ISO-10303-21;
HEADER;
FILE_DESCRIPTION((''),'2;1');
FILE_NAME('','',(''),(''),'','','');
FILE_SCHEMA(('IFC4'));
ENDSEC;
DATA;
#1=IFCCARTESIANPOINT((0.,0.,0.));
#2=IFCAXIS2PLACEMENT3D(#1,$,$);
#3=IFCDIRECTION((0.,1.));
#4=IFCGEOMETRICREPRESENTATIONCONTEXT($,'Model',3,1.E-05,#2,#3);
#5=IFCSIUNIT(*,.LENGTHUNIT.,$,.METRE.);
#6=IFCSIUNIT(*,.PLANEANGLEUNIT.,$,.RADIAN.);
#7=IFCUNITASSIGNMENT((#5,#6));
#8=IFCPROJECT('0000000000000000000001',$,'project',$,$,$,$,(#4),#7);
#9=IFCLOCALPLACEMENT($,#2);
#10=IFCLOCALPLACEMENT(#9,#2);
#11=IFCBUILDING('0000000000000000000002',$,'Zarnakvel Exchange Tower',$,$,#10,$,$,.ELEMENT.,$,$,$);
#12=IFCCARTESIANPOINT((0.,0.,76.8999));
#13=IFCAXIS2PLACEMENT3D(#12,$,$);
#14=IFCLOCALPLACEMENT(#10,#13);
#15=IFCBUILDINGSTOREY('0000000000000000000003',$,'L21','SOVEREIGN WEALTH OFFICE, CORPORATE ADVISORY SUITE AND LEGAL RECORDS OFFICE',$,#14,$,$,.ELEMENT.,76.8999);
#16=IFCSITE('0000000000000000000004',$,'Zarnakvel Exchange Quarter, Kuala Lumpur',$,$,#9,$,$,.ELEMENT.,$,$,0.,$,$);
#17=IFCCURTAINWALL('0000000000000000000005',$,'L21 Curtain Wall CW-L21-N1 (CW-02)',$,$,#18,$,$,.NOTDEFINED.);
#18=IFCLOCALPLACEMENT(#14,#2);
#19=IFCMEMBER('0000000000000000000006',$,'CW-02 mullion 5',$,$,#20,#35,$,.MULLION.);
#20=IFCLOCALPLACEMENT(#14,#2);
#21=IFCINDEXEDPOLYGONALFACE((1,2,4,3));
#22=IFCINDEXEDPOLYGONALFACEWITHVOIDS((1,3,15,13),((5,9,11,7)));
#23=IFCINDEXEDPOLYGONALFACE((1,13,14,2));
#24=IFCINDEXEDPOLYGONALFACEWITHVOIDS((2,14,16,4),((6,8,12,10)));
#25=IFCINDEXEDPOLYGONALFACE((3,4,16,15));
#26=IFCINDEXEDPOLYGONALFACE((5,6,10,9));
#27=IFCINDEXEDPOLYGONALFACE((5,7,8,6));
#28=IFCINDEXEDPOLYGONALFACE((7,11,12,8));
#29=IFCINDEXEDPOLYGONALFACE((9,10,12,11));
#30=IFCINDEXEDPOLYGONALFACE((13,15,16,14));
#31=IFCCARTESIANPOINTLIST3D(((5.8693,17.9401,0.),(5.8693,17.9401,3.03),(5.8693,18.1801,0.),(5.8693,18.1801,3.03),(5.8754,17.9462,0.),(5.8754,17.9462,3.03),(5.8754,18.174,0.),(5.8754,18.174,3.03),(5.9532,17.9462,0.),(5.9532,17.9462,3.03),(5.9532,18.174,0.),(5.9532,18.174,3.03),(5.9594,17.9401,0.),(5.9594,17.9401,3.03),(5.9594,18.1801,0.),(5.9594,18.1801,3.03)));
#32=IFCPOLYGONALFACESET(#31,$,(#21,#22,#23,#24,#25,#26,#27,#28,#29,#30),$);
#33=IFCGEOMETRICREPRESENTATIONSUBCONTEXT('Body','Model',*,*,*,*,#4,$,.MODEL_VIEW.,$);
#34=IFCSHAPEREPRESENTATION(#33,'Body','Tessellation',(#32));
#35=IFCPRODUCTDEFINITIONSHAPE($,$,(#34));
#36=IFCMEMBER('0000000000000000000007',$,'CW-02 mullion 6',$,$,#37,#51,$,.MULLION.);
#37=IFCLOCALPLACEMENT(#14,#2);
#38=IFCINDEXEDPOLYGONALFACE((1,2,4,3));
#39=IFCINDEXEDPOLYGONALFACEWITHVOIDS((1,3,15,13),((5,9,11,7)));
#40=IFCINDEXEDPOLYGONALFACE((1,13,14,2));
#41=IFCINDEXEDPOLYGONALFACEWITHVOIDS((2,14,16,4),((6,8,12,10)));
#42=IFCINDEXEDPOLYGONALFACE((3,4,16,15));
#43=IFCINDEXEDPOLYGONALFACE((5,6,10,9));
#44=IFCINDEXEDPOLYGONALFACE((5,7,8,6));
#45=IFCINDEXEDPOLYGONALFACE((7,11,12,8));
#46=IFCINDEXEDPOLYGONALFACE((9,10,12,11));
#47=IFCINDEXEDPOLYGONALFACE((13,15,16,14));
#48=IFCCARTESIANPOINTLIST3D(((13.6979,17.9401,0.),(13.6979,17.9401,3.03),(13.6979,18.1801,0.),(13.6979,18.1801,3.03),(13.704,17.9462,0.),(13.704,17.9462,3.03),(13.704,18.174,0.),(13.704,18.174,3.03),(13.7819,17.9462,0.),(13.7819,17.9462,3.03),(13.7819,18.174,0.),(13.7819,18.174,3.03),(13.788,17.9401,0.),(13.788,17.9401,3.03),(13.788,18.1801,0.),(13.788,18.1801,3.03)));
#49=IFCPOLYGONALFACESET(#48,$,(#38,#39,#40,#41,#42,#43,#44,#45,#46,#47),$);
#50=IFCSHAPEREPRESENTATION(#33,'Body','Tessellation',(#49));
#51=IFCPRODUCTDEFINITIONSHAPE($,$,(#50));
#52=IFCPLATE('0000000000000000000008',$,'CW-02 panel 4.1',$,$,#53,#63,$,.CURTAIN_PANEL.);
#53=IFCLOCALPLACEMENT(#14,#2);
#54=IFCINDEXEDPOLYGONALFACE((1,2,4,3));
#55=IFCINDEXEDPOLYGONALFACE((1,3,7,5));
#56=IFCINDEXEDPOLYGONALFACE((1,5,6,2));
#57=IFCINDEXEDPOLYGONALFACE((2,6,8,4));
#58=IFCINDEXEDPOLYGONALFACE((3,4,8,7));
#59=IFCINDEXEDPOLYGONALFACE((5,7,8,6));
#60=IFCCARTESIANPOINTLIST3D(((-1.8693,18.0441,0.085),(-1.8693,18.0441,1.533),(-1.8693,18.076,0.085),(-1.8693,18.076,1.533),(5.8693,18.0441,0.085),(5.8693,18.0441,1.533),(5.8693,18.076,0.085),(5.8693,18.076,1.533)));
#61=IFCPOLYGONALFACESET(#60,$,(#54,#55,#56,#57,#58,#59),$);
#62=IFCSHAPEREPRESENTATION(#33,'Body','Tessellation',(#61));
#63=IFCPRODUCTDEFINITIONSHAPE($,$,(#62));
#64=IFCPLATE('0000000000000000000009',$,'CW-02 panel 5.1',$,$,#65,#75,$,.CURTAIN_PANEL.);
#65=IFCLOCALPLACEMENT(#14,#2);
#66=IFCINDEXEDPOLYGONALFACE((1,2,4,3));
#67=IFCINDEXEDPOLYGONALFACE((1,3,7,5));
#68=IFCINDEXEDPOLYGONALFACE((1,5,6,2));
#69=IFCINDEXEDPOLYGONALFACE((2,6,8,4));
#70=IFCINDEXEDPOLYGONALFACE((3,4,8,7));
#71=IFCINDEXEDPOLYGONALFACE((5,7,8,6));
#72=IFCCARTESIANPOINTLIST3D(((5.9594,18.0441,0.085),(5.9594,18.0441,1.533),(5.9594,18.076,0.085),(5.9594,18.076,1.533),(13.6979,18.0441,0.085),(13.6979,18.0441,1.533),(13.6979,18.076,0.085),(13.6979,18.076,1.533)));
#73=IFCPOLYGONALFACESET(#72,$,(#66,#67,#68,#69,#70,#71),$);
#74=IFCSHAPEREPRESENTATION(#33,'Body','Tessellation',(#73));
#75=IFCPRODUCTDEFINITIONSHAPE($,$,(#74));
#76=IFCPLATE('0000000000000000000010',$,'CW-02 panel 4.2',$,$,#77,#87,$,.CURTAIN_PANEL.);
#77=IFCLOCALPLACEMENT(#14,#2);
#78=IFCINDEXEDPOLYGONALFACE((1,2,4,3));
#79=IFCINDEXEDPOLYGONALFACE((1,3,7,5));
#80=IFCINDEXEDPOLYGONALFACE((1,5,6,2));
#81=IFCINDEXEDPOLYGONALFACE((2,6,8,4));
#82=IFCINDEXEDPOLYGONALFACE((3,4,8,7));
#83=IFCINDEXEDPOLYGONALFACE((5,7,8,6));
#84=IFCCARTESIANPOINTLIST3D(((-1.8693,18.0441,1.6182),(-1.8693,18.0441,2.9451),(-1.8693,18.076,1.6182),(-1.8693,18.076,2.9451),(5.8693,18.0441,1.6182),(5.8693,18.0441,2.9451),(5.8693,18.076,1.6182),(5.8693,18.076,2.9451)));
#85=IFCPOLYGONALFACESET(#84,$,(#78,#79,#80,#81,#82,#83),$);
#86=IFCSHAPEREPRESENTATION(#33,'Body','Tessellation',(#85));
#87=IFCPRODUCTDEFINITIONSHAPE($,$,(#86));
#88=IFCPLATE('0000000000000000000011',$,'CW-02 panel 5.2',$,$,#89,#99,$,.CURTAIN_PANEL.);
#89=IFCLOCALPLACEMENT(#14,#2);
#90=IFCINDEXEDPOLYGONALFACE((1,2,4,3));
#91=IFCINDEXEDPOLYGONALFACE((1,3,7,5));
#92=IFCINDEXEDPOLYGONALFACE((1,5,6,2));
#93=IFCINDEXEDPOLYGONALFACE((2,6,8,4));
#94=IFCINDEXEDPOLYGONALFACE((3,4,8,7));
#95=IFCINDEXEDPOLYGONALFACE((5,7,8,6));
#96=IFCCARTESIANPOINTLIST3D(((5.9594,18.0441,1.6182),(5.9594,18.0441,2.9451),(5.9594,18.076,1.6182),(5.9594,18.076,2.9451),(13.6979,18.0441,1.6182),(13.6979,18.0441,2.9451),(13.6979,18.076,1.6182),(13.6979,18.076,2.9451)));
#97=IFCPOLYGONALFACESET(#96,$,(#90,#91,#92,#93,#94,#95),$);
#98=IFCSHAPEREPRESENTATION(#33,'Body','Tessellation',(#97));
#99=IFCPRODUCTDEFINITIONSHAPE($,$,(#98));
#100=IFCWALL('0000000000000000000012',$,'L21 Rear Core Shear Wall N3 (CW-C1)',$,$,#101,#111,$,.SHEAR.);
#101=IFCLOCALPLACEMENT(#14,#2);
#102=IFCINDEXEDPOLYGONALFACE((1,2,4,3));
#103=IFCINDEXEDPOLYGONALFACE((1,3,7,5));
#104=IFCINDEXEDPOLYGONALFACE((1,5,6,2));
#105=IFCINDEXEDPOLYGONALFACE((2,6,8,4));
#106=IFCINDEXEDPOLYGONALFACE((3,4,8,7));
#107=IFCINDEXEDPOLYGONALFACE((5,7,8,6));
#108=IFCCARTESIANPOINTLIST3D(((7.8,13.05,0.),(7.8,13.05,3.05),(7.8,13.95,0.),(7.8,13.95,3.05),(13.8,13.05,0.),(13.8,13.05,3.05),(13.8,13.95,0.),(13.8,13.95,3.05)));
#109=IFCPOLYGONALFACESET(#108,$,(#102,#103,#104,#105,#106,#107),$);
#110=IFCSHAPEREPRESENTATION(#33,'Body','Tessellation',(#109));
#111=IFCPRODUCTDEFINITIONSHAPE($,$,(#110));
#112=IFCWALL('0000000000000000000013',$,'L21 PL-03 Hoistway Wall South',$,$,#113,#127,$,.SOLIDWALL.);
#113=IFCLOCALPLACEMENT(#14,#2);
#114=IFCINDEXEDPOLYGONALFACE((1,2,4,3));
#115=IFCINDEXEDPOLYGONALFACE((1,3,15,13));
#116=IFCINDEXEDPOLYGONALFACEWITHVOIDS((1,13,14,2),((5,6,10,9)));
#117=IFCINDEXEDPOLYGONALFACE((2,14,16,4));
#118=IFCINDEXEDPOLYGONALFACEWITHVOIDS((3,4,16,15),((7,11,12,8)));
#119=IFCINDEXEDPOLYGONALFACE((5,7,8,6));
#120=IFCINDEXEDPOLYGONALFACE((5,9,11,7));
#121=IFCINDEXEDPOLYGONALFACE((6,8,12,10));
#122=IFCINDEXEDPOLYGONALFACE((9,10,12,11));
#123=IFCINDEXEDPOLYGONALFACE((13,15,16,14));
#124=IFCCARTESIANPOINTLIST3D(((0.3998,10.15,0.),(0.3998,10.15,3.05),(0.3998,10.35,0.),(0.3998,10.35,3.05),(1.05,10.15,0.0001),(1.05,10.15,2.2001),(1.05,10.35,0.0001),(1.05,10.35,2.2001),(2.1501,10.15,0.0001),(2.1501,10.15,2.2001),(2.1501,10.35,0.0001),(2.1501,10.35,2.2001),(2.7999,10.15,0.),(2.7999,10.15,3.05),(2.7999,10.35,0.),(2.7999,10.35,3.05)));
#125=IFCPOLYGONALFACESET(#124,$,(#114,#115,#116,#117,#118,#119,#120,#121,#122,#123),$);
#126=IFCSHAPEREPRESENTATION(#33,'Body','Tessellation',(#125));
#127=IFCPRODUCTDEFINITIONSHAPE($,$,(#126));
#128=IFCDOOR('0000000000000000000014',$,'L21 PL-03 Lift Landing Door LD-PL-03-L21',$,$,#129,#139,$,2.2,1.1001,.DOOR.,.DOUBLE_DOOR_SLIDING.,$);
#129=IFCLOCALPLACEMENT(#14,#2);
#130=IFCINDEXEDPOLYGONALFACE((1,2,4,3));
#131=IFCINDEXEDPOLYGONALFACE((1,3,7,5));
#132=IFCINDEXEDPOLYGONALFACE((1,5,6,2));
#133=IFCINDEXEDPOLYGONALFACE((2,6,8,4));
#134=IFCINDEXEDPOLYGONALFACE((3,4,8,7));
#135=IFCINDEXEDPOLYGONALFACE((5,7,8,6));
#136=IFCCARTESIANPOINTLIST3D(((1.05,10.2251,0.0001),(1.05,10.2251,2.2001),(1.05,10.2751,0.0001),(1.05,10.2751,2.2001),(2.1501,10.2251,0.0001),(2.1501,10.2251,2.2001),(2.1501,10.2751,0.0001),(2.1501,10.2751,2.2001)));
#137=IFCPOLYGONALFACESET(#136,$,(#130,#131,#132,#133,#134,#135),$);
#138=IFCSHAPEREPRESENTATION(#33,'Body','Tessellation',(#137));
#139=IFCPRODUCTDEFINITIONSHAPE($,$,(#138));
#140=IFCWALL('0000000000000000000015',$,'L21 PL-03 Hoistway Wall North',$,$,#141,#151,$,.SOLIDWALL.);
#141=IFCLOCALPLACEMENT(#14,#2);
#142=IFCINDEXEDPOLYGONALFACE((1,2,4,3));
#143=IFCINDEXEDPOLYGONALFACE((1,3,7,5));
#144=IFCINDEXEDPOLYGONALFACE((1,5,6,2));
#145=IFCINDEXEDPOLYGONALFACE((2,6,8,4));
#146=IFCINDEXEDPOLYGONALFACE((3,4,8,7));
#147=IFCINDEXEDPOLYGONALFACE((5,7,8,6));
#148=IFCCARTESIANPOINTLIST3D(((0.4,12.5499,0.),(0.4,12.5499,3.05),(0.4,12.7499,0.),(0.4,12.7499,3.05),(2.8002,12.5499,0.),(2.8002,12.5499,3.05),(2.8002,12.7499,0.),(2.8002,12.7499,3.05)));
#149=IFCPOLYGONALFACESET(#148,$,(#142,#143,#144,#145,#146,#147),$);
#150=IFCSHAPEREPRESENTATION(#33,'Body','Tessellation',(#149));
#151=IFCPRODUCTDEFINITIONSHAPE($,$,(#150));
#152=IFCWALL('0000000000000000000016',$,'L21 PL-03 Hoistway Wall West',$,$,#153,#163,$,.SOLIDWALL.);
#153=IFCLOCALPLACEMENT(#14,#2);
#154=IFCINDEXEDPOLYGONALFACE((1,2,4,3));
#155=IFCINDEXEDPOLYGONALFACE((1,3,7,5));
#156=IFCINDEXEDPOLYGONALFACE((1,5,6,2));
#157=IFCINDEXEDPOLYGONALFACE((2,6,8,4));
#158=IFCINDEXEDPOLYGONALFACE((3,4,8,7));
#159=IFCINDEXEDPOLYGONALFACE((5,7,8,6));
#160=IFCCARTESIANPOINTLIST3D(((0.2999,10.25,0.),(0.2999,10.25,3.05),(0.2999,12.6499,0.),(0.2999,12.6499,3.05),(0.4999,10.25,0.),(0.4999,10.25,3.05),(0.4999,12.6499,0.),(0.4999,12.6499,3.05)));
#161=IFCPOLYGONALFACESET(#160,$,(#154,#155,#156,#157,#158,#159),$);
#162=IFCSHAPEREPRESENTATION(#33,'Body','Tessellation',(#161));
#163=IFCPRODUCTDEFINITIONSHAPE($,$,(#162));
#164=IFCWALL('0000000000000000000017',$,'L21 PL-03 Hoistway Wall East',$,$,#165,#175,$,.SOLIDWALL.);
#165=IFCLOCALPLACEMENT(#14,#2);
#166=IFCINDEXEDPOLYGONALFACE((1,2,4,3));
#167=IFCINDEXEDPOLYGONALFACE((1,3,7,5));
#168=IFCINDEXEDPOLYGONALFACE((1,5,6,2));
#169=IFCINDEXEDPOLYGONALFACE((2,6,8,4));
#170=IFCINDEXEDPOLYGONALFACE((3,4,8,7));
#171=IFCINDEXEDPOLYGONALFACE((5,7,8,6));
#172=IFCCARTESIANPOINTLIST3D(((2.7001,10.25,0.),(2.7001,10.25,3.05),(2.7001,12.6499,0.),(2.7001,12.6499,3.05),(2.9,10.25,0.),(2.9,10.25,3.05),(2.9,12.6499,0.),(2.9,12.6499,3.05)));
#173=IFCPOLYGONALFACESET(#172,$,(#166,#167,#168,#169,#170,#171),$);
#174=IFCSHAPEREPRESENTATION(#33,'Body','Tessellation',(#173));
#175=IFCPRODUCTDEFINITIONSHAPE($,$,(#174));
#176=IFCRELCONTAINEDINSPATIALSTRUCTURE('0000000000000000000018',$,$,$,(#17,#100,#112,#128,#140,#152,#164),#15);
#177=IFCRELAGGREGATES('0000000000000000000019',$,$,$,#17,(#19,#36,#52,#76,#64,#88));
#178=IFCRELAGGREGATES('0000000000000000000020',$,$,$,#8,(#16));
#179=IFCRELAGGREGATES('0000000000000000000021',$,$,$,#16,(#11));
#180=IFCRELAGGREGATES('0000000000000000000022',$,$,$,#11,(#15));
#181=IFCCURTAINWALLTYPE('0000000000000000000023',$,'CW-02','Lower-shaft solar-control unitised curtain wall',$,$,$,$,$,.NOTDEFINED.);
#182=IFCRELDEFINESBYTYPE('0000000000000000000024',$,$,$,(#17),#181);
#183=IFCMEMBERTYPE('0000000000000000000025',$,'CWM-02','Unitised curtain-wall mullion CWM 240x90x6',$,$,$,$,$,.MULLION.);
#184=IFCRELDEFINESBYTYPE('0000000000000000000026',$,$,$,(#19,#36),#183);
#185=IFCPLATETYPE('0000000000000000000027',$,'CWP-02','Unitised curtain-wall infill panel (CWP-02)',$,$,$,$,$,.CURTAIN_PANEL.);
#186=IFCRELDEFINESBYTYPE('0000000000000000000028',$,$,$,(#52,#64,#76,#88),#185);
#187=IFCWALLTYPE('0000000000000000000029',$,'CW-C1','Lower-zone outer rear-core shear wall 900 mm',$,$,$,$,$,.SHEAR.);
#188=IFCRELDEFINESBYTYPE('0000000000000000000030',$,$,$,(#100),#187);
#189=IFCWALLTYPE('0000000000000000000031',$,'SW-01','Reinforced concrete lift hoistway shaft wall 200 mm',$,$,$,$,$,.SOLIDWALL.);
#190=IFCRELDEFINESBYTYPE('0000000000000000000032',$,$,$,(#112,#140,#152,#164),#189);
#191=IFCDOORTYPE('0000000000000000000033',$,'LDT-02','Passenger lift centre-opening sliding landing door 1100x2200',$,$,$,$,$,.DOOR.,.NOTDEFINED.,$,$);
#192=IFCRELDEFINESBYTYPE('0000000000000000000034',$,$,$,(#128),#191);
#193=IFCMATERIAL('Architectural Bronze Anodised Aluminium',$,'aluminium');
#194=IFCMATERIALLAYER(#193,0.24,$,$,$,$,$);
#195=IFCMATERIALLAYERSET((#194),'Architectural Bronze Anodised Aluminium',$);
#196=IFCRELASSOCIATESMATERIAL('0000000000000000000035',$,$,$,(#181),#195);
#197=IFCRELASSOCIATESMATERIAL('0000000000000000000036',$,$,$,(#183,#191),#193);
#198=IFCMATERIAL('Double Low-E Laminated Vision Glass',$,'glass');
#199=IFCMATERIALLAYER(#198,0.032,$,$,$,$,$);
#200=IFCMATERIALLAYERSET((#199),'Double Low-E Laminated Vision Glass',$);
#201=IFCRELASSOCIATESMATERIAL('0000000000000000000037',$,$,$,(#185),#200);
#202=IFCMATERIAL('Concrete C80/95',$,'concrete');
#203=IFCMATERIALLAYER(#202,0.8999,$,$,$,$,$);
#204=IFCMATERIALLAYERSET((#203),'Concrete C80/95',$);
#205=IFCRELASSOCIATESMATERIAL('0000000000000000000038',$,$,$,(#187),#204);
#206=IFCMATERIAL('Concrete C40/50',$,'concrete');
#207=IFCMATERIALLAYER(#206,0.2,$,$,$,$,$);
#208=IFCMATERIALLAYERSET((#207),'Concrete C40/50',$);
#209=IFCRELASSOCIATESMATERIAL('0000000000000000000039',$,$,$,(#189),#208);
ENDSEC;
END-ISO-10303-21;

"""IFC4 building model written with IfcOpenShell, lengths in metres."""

from ifc_helpers import new_model, si_unit, direction, frame, frame_2d, origin, origin_2d, place, context, subcontext, project, spatial, rectangle, hollow_rectangle, extrude, source, transform, mapped, material, layer, layer_set, material_profile, profile_set, type_object, element, fill, aggregate, save


model = new_model("IFC4")

# Units and contexts
model_context = context("Model", 3, precision=1e-05, world=origin(), true_north=direction((0.0, 1.0)))
body_context = subcontext(model_context, "Body", "Model", "MODEL_VIEW")
ifc_project = project(units=[si_unit("LENGTHUNIT", "METRE"), si_unit("PLANEANGLEUNIT", "RADIAN")], contexts=[model_context])

# Site, building, storey
site_placement = place(None, origin())
site = spatial("IfcSite", under=ifc_project, at=site_placement, Name="Zarnakvel Exchange Quarter, Kuala Lumpur", CompositionType="ELEMENT", RefElevation=0.0)
building_placement = place(site_placement, origin())
building = spatial("IfcBuilding", under=site, at=building_placement, Name="Zarnakvel Exchange Tower", CompositionType="ELEMENT")
storey_placement = place(building_placement, frame((0.0, 0.0, 76.8999)))
storey = spatial("IfcBuildingStorey", under=building, at=storey_placement, Name="L21", Description="SOVEREIGN WEALTH OFFICE, CORPORATE ADVISORY SUITE AND LEGAL RECORDS OFFICE", CompositionType="ELEMENT", Elevation=76.8999)

# Shared definitions
ifc_material_1 = material(Name="Concrete C80/95", Category="concrete")

# Curtain wall, members, plates
ifc_material_2 = material(Name="Architectural Bronze Anodised Aluminium", Category="aluminium")
ifc_layer_1 = layer(ifc_material_2, 0.24)
ifc_layer_set_1 = layer_set([ifc_layer_1], Name="Architectural Bronze Anodised Aluminium")
curtain_wall_type = type_object("IfcCurtainWallType", Name="CW-02", Description="Lower-shaft solar-control unitised curtain wall", PredefinedType="NOTDEFINED", material=ifc_layer_set_1)
curtain_wall_placement = place(storey_placement, origin())
curtain_wall = element("IfcCurtainWall", 1, at=curtain_wall_placement, inside=storey, type_object=curtain_wall_type, Name="L21 Curtain Wall CW-L21-N1 (CW-02)", PredefinedType="NOTDEFINED")
ifc_material_profile_1 = material_profile(ifc_material_2, hollow_rectangle(XDim=0.24, YDim=0.0901, WallThickness=0.0061, at=origin_2d()))
ifc_profile_set_1 = profile_set([ifc_material_profile_1], Name="Architectural Bronze Anodised Aluminium")
member_type_1 = type_object("IfcMemberType", Name="CWM-02", Description="Unitised curtain-wall mullion CWM 240x90x6", PredefinedType="MULLION", material=ifc_profile_set_1)
shared_shape_1 = source(origin(), body_context, "Body", "SweptSolid", [
    extrude(hollow_rectangle(XDim=0.24, YDim=0.0901, WallThickness=0.0061, at=origin_2d()), origin(), (0.0, 0.0, 1.0), 3.03),
])
member_1_placement = place(storey_placement, frame((5.9143, 18.0601, 0.0), z_axis=(0.0, 0.0, 1.0), x_axis=(0.0, 1.0, 0.0)))
member_1 = element("IfcMember", 2, at=member_1_placement, type_object=member_type_1, Name="CW-02 mullion 5", PredefinedType="MULLION", context=body_context, shape_type="MappedRepresentation", body=[
    mapped(shared_shape_1, transform((0.0, 0.0, 0.0), x_axis=(1.0, 0.0, 0.0), y_axis=(0.0, 1.0, 0.0), z_axis=(0.0, 0.0, 1.0), scale=1.0)),
])
member_2_placement = place(storey_placement, frame((13.7429, 18.0601, 0.0), z_axis=(0.0, 0.0, 1.0), x_axis=(0.0, 1.0, 0.0)))
member_2 = element("IfcMember", 3, at=member_2_placement, type_object=member_type_1, Name="CW-02 mullion 6", PredefinedType="MULLION", context=body_context, shape_type="MappedRepresentation", body=[
    mapped(shared_shape_1, transform((0.0, 0.0, 0.0), x_axis=(1.0, 0.0, 0.0), y_axis=(0.0, 1.0, 0.0), z_axis=(0.0, 0.0, 1.0), scale=1.0)),
])
ifc_material_3 = material(Name="Double Low-E Laminated Vision Glass", Category="glass")
ifc_layer_2 = layer(ifc_material_3, 0.032)
ifc_layer_set_2 = layer_set([ifc_layer_2], Name="Double Low-E Laminated Vision Glass")
plate_type = type_object("IfcPlateType", Name="CWP-02", Description="Unitised curtain-wall infill panel (CWP-02)", PredefinedType="CURTAIN_PANEL", material=ifc_layer_set_2)
shared_shape_2 = source(origin(), body_context, "Body", "SweptSolid", [
    extrude(rectangle(XDim=7.7385, YDim=0.032, at=origin_2d()), origin(), (0.0, 0.0, 1.0), 1.448),
])
plate_1_placement = place(storey_placement, frame((2.0, 18.0601, 0.085), z_axis=(0.0, 0.0, 1.0), x_axis=(1.0, 0.0, 0.0)))
plate_1 = element("IfcPlate", 4, at=plate_1_placement, type_object=plate_type, Name="CW-02 panel 4.1", PredefinedType="CURTAIN_PANEL", context=body_context, shape_type="MappedRepresentation", body=[
    mapped(shared_shape_2, transform((0.0, 0.0, 0.0), x_axis=(1.0, 0.0, 0.0), y_axis=(0.0, 1.0, 0.0), z_axis=(0.0, 0.0, 1.0), scale=1.0)),
])
plate_2_placement = place(storey_placement, frame((9.8286, 18.0601, 0.085), z_axis=(0.0, 0.0, 1.0), x_axis=(1.0, 0.0, 0.0)))
plate_2 = element("IfcPlate", 5, at=plate_2_placement, type_object=plate_type, Name="CW-02 panel 5.1", PredefinedType="CURTAIN_PANEL", context=body_context, shape_type="MappedRepresentation", body=[
    mapped(shared_shape_2, transform((0.0, 0.0, 0.0), x_axis=(1.0, 0.0, 0.0), y_axis=(0.0, 1.0, 0.0), z_axis=(0.0, 0.0, 1.0), scale=1.0)),
])
shared_shape_3 = source(origin(), body_context, "Body", "SweptSolid", [
    extrude(rectangle(XDim=7.7385, YDim=0.032, at=origin_2d()), origin(), (0.0, 0.0, 1.0), 1.3269),
])
plate_3_placement = place(storey_placement, frame((2.0, 18.0601, 1.6182), z_axis=(0.0, 0.0, 1.0), x_axis=(1.0, 0.0, 0.0)))
plate_3 = element("IfcPlate", 6, at=plate_3_placement, type_object=plate_type, Name="CW-02 panel 4.2", PredefinedType="CURTAIN_PANEL", context=body_context, shape_type="MappedRepresentation", body=[
    mapped(shared_shape_3, transform((0.0, 0.0, 0.0), x_axis=(1.0, 0.0, 0.0), y_axis=(0.0, 1.0, 0.0), z_axis=(0.0, 0.0, 1.0), scale=1.0)),
])
plate_4_placement = place(storey_placement, frame((9.8286, 18.0601, 1.6182), z_axis=(0.0, 0.0, 1.0), x_axis=(1.0, 0.0, 0.0)))
plate_4 = element("IfcPlate", 7, at=plate_4_placement, type_object=plate_type, Name="CW-02 panel 5.2", PredefinedType="CURTAIN_PANEL", context=body_context, shape_type="MappedRepresentation", body=[
    mapped(shared_shape_3, transform((0.0, 0.0, 0.0), x_axis=(1.0, 0.0, 0.0), y_axis=(0.0, 1.0, 0.0), z_axis=(0.0, 0.0, 1.0), scale=1.0)),
])
aggregate(curtain_wall, [member_1, member_2, plate_1, plate_3, plate_2, plate_4])

# Wall
ifc_layer_3 = layer(ifc_material_1, 0.8999)
ifc_layer_set_3 = layer_set([ifc_layer_3], Name="Concrete C80/95")
wall_type_1 = type_object("IfcWallType", Name="CW-C1", Description="Lower-zone outer rear-core shear wall 900 mm", PredefinedType="SHEAR", material=ifc_layer_set_3)
wall_1_placement = place(storey_placement, frame((7.8, 13.5, 0.0), z_axis=(0.0, 0.0, 1.0), x_axis=(1.0, 0.0, 0.0)))
element("IfcWall", 8, at=wall_1_placement, inside=storey, type_object=wall_type_1, Name="L21 Rear Core Shear Wall N3 (CW-C1)", PredefinedType="SHEAR", context=body_context, shape_type="SweptSolid", body=[
    extrude(rectangle(XDim=6.0, YDim=0.8999, at=frame_2d((3.0, 0.0))), origin(), (0.0, 0.0, 1.0), 3.05),
])

# Wall, opening, door
ifc_material_4 = material(Name="Concrete C40/50", Category="concrete")
ifc_layer_4 = layer(ifc_material_4, 0.2)
ifc_layer_set_4 = layer_set([ifc_layer_4], Name="Concrete C40/50")
wall_type_2 = type_object("IfcWallType", Name="SW-01", Description="Reinforced concrete lift hoistway shaft wall 200 mm", PredefinedType="SOLIDWALL", material=ifc_layer_set_4)
wall_2_placement = place(storey_placement, frame((2.8, 10.25, 0.0), z_axis=(0.0, 0.0, 1.0), x_axis=(-1.0, 0.0, 0.0)))
wall_2 = element("IfcWall", 9, at=wall_2_placement, inside=storey, type_object=wall_type_2, Name="L21 PL-03 Hoistway Wall South", PredefinedType="SOLIDWALL", context=body_context, shape_type="SweptSolid", body=[
    extrude(rectangle(XDim=2.4001, YDim=0.2, at=frame_2d((1.2002, 0.0))), origin(), (0.0, 0.0, 1.0), 3.05),
])
opening_1_placement = place(wall_2_placement, frame((0.6499, 0.0, 0.0)))
opening_1 = element("IfcOpeningElement", 10, at=opening_1_placement, cuts=wall_2, PredefinedType="OPENING", context=body_context, shape_type="SweptSolid", body=[
    extrude(rectangle(XDim=1.1001, YDim=2.2, at=frame_2d((0.55, 1.1001))), frame((0.0, 0.1099, 0.0), z_axis=(0.0, -1.0, 0.0), x_axis=(1.0, 0.0, 0.0)), (0.0, 0.0, 1.0), 0.22),
])
door_type = type_object("IfcDoorType", Name="LDT-02", Description="Passenger lift centre-opening sliding landing door 1100x2200", OperationType="NOTDEFINED", PredefinedType="DOOR", material=ifc_material_2)
shared_shape_4 = source(origin(), body_context, "Body", "SweptSolid", [
    extrude(rectangle(XDim=1.1001, YDim=2.2, at=frame_2d((0.55, 1.1001))), frame((0.0, 0.0249, 0.0), z_axis=(0.0, -1.0, 0.0), x_axis=(1.0, 0.0, 0.0)), (0.0, 0.0, 1.0), 0.05),
])
door_1_placement = place(opening_1_placement, origin())
door_1 = element("IfcDoor", 11, at=door_1_placement, inside=storey, type_object=door_type, Name="L21 PL-03 Lift Landing Door LD-PL-03-L21", OperationType="DOUBLE_DOOR_SLIDING", OverallHeight=2.2, OverallWidth=1.1001, PredefinedType="DOOR", context=body_context, shape_type="MappedRepresentation", body=[
    mapped(shared_shape_4, transform((0.0, 0.0, 0.0), x_axis=(1.0, 0.0, 0.0), y_axis=(0.0, 1.0, 0.0), z_axis=(0.0, 0.0, 1.0), scale=1.0)),
])
fill(opening_1, door_1)

# Walls
wall_3_placement = place(storey_placement, frame((0.3999, 12.6499, 0.0), z_axis=(0.0, 0.0, 1.0), x_axis=(1.0, 0.0, 0.0)))
element("IfcWall", 12, at=wall_3_placement, inside=storey, type_object=wall_type_2, Name="L21 PL-03 Hoistway Wall North", PredefinedType="SOLIDWALL", context=body_context, shape_type="SweptSolid", body=[
    extrude(rectangle(XDim=2.4001, YDim=0.2, at=frame_2d((1.2002, 0.0))), origin(), (0.0, 0.0, 1.0), 3.05),
])
for number, where, z_axis, x_axis, name in (
    (13, (0.3999, 10.25, 0.0), (0.0, 0.0, 1.0), (0.0, 1.0, 0.0), "L21 PL-03 Hoistway Wall West"),
    (14, (2.8, 12.6499, 0.0), (0.0, 0.0, 1.0), (0.0, -1.0, 0.0), "L21 PL-03 Hoistway Wall East"),
):
    element("IfcWall", number, at=place(storey_placement, frame(where, z_axis=z_axis, x_axis=x_axis)), inside=storey, type_object=wall_type_2, Name=name, PredefinedType="SOLIDWALL", context=body_context, shape_type="SweptSolid", body=[
        extrude(rectangle(XDim=2.3999, YDim=0.2, at=frame_2d((1.2, 0.0))), origin(), (0.0, 0.0, 1.0), 3.05),
    ])

save(model, "model.ifc")
